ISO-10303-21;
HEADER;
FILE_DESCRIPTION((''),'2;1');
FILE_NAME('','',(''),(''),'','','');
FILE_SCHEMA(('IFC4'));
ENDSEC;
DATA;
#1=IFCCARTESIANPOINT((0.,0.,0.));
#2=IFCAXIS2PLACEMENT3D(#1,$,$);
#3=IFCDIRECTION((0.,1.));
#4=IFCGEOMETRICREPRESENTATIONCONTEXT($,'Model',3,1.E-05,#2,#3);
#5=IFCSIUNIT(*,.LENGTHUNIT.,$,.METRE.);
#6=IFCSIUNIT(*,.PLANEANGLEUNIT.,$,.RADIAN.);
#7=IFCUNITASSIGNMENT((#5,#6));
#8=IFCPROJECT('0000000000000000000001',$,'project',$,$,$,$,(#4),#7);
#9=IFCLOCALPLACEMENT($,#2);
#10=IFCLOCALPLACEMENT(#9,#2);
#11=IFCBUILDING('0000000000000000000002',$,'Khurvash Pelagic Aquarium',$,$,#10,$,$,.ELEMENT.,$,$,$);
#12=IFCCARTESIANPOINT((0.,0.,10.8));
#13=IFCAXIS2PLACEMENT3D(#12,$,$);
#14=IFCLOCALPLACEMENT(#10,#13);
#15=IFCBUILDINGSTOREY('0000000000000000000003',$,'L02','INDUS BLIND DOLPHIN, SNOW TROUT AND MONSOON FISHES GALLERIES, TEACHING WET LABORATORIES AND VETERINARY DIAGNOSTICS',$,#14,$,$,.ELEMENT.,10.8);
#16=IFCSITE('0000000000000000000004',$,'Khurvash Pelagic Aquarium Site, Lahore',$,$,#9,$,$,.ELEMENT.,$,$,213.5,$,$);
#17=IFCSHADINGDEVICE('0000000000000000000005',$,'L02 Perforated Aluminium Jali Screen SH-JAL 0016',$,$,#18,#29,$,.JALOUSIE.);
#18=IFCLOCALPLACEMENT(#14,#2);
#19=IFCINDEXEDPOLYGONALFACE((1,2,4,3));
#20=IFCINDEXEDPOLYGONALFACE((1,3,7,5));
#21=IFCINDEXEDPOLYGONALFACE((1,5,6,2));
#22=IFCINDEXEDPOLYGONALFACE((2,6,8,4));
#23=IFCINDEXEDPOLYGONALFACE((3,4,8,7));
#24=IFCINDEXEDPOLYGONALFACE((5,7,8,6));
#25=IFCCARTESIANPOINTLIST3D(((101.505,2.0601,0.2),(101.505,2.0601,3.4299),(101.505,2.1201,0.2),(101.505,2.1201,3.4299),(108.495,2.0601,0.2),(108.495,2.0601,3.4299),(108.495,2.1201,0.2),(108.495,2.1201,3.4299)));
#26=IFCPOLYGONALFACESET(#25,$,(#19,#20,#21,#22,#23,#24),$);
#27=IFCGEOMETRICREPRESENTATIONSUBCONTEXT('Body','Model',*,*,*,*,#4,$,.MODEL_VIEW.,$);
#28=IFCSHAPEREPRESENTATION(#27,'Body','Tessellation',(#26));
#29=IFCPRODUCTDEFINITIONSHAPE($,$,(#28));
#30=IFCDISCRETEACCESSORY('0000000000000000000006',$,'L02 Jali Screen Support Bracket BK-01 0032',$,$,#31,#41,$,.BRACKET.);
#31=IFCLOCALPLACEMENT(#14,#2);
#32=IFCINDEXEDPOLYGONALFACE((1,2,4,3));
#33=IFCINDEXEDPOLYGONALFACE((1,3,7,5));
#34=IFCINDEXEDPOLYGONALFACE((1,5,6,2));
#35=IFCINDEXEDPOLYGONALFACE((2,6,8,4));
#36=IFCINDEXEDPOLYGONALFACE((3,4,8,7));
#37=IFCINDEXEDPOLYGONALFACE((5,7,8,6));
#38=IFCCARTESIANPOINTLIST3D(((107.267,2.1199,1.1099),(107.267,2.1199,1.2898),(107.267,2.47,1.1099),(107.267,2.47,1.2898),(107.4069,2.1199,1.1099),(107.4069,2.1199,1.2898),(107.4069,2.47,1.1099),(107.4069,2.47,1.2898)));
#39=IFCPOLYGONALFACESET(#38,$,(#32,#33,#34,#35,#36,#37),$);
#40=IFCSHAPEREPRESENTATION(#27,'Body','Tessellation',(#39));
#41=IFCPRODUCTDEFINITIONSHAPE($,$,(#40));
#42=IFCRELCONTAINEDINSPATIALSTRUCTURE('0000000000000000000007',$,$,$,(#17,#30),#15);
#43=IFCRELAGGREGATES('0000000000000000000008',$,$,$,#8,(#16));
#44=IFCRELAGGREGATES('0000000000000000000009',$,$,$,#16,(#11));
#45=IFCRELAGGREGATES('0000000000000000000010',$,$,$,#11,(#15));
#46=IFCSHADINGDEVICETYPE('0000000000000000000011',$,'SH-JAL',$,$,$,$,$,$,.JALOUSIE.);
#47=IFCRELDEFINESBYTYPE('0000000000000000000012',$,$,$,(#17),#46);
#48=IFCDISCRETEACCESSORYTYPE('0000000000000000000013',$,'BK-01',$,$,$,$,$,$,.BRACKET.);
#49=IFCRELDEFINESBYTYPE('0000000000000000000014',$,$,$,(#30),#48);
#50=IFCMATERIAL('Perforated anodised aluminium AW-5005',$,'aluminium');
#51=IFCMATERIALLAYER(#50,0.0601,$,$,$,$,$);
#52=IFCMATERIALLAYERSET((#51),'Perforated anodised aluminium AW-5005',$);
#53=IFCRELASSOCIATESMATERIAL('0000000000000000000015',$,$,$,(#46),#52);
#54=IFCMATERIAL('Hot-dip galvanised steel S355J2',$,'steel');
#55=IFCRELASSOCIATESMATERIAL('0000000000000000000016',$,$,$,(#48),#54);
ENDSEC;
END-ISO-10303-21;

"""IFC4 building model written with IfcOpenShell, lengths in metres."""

from ifc_helpers import new_model, si_unit, direction, frame, origin, origin_2d, place, context, subcontext, project, spatial, rectangle, extrude, material, layer, layer_set, type_object, element, save


model = new_model("IFC4")

# Units and contexts
model_context = context("Model", 3, precision=1e-05, world=origin(), true_north=direction((0.0, 1.0)))
body_context = subcontext(model_context, "Body", "Model", "MODEL_VIEW")
ifc_project = project(units=[si_unit("LENGTHUNIT", "METRE"), si_unit("PLANEANGLEUNIT", "RADIAN")], contexts=[model_context])

# Site, building, storey
site_placement = place(None, origin())
site = spatial("IfcSite", under=ifc_project, at=site_placement, Name="Khurvash Pelagic Aquarium Site, Lahore", CompositionType="ELEMENT", RefElevation=213.5)
building_placement = place(site_placement, origin())
building = spatial("IfcBuilding", under=site, at=building_placement, Name="Khurvash Pelagic Aquarium", CompositionType="ELEMENT")
storey_placement = place(building_placement, frame((0.0, 0.0, 10.8)))
storey = spatial("IfcBuildingStorey", under=building, at=storey_placement, Name="L02", Description="INDUS BLIND DOLPHIN, SNOW TROUT AND MONSOON FISHES GALLERIES, TEACHING WET LABORATORIES AND VETERINARY DIAGNOSTICS", CompositionType="ELEMENT", Elevation=10.8)

# Shading device
ifc_material_1 = material(Name="Perforated anodised aluminium AW-5005", Category="aluminium")
ifc_layer_1 = layer(ifc_material_1, 0.0601)
ifc_layer_set_1 = layer_set([ifc_layer_1], Name="Perforated anodised aluminium AW-5005")
shading_device_type = type_object("IfcShadingDeviceType", Name="SH-JAL", PredefinedType="JALOUSIE", material=ifc_layer_set_1)
shading_device_placement = place(storey_placement, frame((105.0, 2.0901, 0.2), z_axis=(0.0, 0.0, 1.0), x_axis=(1.0, 0.0, 0.0)))
element("IfcShadingDevice", 1, at=shading_device_placement, inside=storey, type_object=shading_device_type, Name="L02 Perforated Aluminium Jali Screen SH-JAL 0016", PredefinedType="JALOUSIE", context=body_context, shape_type="SweptSolid", body=[
    extrude(rectangle(XDim=6.99, YDim=0.0601, at=origin_2d()), origin(), (0.0, 0.0, 1.0), 3.23),
])

# Discrete accessory
ifc_material_2 = material(Name="Hot-dip galvanised steel S355J2", Category="steel")
discrete_accessory_type = type_object("IfcDiscreteAccessoryType", Name="BK-01", PredefinedType="BRACKET", material=ifc_material_2)
discrete_accessory_placement = place(storey_placement, frame((107.3369, 2.2949, 1.1099), z_axis=(0.0, 0.0, 1.0), x_axis=(1.0, 0.0, 0.0)))
element("IfcDiscreteAccessory", 2, at=discrete_accessory_placement, inside=storey, type_object=discrete_accessory_type, Name="L02 Jali Screen Support Bracket BK-01 0032", PredefinedType="BRACKET", context=body_context, shape_type="SweptSolid", body=[
    extrude(rectangle(XDim=0.1399, YDim=0.3501, at=origin_2d()), origin(), (0.0, 0.0, 1.0), 0.1799),
])

save(model, "model.ifc")
